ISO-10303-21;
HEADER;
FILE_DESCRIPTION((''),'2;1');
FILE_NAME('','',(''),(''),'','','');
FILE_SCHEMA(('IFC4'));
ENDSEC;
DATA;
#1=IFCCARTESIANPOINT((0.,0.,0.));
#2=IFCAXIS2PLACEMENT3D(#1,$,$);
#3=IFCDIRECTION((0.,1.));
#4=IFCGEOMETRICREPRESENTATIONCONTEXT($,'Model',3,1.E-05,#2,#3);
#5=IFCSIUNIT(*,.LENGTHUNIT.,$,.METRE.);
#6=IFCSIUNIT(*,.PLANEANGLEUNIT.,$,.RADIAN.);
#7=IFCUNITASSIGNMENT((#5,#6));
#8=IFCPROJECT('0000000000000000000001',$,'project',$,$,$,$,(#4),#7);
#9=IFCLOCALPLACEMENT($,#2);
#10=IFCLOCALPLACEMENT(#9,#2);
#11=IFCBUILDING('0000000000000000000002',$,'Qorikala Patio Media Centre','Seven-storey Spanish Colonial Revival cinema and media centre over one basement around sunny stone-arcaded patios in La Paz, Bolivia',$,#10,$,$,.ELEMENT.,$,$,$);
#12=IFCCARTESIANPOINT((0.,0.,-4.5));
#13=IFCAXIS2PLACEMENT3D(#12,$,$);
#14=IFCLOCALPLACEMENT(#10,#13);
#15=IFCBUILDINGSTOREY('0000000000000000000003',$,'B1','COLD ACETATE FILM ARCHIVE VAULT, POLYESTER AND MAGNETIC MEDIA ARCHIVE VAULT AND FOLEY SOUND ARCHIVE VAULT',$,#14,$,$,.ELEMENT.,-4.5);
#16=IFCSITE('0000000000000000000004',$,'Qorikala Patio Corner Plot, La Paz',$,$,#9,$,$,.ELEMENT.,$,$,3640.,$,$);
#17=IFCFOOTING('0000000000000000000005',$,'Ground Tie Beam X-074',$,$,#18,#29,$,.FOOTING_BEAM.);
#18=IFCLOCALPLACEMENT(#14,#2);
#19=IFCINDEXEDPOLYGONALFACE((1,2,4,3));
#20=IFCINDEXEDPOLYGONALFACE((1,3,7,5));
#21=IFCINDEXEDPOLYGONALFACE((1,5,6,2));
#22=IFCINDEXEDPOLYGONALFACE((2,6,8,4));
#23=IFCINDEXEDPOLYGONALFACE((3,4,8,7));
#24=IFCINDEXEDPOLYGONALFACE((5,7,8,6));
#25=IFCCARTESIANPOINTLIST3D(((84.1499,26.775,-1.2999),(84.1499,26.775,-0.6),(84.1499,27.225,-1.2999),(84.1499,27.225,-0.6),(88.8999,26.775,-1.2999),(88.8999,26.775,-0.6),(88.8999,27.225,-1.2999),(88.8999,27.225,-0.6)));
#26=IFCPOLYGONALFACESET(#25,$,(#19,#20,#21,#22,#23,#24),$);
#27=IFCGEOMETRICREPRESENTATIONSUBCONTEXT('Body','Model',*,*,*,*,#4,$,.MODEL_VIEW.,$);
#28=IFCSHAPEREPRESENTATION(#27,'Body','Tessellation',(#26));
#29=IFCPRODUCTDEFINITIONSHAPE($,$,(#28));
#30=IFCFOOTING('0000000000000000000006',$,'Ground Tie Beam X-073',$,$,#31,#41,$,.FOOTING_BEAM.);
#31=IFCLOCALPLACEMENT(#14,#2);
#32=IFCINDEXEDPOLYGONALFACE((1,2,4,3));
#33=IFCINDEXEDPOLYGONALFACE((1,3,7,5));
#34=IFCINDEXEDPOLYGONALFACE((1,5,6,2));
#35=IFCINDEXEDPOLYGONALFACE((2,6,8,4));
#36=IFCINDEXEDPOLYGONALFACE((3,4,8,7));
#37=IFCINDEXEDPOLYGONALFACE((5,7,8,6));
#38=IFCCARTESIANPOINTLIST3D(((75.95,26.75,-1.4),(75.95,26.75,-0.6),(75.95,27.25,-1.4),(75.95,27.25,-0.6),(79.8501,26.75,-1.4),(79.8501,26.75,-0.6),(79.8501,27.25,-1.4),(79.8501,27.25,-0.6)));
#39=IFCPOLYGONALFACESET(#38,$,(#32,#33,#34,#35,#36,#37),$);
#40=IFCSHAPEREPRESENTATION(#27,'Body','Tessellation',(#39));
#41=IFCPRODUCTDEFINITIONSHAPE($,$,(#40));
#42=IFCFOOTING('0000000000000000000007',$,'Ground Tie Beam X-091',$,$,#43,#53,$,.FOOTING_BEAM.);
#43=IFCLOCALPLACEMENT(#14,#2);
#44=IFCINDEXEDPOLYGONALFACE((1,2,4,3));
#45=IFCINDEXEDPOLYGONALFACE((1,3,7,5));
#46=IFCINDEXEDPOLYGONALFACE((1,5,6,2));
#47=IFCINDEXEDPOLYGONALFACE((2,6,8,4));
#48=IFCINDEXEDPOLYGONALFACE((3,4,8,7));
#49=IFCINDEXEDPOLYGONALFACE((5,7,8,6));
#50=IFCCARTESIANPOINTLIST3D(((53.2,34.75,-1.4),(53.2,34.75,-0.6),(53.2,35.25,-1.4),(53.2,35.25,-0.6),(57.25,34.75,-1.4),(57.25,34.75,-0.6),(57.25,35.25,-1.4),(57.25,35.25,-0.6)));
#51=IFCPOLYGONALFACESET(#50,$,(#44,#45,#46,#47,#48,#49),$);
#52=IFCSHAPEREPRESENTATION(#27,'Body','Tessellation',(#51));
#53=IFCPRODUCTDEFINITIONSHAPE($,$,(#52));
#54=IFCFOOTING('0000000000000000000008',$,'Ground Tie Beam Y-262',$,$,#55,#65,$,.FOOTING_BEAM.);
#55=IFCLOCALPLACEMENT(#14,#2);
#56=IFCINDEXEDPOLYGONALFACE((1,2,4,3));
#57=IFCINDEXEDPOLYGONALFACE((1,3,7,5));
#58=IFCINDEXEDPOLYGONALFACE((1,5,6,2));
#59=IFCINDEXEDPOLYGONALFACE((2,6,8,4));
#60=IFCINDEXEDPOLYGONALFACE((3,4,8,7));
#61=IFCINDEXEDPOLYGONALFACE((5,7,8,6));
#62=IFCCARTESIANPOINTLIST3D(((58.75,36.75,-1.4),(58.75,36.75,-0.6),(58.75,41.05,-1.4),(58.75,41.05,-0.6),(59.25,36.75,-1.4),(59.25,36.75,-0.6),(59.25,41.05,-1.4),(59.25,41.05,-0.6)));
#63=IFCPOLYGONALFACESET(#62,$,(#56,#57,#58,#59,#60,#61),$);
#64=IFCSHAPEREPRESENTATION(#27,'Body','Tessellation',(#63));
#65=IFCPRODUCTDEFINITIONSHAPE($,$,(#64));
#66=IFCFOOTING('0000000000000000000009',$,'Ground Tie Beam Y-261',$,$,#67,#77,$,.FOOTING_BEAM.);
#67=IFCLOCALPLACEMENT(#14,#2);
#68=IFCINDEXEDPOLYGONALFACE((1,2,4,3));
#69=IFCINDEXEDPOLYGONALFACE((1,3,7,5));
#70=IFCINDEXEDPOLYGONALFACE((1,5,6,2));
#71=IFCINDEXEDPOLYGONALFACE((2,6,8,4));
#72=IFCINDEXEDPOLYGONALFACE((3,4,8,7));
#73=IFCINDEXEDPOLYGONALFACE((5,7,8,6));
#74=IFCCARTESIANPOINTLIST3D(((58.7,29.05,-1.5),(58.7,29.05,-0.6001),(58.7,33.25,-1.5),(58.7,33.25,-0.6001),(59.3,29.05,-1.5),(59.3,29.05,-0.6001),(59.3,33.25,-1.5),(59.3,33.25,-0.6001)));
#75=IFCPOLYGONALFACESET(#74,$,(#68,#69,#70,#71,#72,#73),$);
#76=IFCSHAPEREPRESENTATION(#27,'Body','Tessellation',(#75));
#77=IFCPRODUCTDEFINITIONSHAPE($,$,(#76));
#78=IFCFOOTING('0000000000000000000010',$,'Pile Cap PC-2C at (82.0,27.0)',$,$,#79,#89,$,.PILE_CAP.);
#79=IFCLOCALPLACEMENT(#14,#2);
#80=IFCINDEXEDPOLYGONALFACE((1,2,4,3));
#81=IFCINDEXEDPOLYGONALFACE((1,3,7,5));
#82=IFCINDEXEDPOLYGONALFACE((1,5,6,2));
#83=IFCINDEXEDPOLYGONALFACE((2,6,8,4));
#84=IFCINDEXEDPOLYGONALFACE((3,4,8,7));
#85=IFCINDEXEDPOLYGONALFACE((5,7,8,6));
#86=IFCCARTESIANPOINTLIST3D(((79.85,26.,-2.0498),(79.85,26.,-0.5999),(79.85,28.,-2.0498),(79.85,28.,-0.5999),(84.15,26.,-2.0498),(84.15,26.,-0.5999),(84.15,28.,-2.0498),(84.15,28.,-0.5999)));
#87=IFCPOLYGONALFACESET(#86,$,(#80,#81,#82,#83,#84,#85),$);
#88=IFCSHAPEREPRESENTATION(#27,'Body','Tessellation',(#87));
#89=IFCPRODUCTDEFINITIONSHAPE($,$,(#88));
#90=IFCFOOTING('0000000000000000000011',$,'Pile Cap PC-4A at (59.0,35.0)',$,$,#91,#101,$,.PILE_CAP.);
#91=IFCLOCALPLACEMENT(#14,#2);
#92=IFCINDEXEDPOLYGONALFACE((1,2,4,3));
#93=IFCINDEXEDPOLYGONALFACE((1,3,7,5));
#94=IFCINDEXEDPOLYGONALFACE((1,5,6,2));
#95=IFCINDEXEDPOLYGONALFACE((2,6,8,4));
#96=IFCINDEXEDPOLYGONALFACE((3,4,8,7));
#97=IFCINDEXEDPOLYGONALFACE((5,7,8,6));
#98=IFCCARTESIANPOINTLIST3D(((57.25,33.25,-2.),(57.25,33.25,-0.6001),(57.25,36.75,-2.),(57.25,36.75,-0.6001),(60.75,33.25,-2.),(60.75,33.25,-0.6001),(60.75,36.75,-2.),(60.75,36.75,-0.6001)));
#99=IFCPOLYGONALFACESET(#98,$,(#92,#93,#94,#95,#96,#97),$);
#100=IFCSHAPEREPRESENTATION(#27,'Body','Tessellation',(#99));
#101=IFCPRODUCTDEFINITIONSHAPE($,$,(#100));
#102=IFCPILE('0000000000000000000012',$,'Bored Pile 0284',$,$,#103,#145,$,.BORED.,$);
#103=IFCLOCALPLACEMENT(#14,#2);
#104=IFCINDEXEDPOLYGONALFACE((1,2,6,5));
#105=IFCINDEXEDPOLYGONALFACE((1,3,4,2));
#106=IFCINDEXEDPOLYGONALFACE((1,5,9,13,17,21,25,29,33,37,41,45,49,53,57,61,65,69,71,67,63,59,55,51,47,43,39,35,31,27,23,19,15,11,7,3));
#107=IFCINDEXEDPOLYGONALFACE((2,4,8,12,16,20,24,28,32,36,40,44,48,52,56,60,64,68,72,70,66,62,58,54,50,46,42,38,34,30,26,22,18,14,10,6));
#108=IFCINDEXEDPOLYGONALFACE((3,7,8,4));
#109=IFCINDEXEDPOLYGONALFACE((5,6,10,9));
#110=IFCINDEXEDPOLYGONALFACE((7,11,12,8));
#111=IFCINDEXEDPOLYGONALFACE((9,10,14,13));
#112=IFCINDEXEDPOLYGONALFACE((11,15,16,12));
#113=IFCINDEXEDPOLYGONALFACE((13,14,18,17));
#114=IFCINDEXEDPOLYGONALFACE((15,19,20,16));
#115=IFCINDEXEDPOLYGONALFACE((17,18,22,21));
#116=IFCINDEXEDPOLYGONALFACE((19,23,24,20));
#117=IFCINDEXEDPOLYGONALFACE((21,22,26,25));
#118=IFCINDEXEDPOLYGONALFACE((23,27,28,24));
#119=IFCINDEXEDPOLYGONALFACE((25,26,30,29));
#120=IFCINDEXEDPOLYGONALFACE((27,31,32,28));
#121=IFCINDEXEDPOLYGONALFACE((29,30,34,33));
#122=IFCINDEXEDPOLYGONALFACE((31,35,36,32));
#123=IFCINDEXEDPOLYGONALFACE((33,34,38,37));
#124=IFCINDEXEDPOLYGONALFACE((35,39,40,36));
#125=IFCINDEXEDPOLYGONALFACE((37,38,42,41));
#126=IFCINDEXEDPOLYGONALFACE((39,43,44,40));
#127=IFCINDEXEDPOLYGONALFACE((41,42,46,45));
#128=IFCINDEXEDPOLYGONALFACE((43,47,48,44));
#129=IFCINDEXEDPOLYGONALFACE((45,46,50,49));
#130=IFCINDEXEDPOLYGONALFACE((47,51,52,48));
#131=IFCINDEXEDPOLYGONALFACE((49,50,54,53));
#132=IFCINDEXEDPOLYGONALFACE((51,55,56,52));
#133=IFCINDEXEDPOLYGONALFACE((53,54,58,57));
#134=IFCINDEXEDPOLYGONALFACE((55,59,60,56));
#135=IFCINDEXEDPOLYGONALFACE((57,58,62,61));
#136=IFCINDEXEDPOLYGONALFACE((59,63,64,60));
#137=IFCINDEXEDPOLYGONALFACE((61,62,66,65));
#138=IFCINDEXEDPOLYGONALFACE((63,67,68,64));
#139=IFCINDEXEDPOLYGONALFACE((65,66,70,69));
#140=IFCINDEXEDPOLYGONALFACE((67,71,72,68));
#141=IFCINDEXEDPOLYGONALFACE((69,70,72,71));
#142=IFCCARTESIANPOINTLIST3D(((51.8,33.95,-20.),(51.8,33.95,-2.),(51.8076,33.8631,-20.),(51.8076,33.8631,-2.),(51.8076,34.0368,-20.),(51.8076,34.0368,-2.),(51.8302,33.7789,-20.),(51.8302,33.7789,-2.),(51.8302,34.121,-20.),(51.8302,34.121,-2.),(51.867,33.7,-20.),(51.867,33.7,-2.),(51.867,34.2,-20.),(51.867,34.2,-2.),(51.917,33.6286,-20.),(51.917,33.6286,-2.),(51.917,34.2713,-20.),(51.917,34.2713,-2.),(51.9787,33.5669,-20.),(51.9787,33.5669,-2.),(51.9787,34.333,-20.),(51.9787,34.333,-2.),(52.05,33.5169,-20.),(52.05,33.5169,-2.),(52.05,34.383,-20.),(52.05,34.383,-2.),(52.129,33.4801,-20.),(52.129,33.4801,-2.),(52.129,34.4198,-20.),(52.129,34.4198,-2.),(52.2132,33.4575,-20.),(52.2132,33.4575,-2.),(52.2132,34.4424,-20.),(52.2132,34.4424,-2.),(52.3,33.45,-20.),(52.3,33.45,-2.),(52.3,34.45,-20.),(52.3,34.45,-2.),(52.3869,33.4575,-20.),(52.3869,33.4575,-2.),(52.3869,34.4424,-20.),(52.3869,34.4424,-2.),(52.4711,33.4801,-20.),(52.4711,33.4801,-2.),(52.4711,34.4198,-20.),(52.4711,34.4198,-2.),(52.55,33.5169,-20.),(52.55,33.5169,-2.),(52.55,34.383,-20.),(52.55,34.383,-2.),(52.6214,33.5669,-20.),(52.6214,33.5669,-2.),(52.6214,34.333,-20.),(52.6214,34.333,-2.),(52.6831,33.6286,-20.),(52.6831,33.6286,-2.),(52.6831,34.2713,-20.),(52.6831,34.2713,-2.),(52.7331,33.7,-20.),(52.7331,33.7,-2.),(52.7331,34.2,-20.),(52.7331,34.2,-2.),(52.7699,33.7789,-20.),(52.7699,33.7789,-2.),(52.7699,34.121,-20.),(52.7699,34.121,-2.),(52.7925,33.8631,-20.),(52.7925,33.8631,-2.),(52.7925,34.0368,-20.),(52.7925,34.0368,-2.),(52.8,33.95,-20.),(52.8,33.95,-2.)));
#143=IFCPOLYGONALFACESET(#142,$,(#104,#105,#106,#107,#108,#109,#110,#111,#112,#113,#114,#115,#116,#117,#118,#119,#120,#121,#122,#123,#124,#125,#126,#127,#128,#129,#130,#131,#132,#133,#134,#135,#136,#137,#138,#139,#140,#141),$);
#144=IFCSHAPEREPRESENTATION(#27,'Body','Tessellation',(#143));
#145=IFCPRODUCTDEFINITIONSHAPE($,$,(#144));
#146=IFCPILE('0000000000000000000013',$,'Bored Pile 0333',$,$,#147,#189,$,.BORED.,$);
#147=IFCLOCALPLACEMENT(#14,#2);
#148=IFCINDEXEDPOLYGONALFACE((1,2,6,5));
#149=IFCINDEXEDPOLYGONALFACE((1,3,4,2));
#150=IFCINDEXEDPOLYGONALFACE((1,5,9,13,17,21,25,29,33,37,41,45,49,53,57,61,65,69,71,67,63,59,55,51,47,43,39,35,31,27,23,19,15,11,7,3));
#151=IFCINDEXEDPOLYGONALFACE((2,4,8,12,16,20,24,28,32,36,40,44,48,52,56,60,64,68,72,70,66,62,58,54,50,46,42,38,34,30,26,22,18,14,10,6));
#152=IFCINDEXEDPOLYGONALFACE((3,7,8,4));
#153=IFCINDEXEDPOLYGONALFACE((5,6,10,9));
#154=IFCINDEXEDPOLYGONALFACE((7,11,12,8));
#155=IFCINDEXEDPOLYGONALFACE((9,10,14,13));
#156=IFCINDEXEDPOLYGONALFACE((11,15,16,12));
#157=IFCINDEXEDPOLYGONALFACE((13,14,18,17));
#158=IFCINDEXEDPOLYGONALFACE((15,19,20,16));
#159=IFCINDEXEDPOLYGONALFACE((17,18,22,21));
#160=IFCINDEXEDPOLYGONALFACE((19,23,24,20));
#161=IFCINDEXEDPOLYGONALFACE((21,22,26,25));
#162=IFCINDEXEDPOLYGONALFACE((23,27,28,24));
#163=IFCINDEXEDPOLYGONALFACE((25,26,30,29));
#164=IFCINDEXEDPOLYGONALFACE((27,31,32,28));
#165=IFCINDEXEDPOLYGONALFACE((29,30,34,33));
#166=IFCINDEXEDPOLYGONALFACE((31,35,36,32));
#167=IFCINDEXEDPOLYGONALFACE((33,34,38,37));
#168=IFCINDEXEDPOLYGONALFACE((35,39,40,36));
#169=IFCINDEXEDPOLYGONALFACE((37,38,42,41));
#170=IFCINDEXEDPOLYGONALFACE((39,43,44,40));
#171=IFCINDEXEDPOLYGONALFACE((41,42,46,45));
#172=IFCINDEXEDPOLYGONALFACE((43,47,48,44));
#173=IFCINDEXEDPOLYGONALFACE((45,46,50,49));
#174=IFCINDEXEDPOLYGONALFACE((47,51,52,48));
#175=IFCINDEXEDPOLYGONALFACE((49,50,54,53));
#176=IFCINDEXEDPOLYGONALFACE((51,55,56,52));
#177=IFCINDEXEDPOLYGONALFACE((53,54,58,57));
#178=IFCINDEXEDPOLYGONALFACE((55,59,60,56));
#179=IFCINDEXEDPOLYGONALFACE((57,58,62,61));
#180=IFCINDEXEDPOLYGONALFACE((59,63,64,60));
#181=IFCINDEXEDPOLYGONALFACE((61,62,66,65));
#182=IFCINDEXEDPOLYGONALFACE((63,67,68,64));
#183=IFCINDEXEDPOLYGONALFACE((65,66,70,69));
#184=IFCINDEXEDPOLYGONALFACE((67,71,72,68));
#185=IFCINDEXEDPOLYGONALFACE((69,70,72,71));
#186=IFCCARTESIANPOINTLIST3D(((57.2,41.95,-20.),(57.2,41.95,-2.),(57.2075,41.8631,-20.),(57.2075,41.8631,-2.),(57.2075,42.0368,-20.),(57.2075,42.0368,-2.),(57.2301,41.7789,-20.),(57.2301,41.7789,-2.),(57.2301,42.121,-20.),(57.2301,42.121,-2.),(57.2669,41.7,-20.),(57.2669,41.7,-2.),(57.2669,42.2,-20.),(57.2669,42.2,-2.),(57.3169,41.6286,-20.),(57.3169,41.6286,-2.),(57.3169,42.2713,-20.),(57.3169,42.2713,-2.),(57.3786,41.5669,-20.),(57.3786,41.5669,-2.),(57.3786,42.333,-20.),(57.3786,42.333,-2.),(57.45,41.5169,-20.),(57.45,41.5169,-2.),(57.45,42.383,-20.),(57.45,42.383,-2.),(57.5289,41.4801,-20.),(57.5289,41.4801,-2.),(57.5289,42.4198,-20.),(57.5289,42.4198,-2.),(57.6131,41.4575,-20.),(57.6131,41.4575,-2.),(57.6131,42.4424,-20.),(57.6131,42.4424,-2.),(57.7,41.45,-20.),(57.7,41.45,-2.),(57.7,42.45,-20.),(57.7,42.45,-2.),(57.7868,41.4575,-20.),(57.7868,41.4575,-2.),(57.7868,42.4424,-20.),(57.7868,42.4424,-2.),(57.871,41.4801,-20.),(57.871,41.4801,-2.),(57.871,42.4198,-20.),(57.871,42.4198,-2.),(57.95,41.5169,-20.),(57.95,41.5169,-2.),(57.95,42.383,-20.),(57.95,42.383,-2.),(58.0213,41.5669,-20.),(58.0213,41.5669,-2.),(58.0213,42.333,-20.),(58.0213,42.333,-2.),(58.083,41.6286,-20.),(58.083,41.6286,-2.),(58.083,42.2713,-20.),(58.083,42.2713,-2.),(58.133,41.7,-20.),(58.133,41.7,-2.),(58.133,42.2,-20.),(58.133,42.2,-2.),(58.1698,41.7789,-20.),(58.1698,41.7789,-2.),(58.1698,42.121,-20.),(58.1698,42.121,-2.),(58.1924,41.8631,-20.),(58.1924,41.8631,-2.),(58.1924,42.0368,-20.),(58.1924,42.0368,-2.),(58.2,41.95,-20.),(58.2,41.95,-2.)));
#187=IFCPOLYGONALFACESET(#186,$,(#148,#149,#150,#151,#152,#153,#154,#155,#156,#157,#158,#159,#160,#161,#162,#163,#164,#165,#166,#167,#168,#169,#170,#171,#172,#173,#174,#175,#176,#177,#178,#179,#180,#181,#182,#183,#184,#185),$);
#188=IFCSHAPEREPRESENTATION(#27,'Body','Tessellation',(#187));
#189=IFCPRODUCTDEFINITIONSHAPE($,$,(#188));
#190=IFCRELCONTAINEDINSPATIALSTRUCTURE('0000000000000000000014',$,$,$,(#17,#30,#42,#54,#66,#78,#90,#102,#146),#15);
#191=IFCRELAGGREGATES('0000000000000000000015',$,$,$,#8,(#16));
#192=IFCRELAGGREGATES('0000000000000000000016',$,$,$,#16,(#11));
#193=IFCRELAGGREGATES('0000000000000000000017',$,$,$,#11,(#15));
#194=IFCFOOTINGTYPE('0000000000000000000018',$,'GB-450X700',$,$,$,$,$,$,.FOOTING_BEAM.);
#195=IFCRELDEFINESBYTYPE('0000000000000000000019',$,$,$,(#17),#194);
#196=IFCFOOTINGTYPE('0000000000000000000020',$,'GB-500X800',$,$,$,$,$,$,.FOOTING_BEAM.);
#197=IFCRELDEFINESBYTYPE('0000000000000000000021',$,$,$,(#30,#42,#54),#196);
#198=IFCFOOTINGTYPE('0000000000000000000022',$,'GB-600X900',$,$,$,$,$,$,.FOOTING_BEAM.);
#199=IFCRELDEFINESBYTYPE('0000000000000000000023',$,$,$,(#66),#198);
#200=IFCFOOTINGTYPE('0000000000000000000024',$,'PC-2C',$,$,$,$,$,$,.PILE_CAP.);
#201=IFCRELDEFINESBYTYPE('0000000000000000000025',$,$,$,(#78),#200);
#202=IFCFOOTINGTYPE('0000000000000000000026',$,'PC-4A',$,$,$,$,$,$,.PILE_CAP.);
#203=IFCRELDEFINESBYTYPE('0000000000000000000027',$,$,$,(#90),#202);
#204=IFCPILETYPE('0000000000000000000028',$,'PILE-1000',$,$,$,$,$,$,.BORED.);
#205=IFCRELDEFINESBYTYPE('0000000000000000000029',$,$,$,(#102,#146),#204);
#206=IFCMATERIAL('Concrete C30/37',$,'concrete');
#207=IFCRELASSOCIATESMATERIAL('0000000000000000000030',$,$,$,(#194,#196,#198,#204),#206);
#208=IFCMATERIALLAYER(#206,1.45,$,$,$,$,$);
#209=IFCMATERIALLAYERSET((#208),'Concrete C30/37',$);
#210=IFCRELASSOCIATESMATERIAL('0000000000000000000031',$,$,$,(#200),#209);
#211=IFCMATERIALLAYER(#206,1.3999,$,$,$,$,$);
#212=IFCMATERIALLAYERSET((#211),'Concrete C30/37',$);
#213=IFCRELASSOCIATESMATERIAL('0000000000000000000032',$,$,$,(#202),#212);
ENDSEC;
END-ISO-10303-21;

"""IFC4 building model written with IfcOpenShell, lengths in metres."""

from ifc_helpers import new_model, si_unit, direction, frame, origin, origin_2d, place, context, subcontext, project, spatial, rectangle, circle, extrude, material, layer, layer_set, material_profile, profile_set, type_object, element, save


model = new_model("IFC4")

# Units and contexts
model_context = context("Model", 3, precision=1e-05, world=origin(), true_north=direction((0.0, 1.0)))
body_context = subcontext(model_context, "Body", "Model", "MODEL_VIEW")
ifc_project = project(units=[si_unit("LENGTHUNIT", "METRE"), si_unit("PLANEANGLEUNIT", "RADIAN")], contexts=[model_context])

# Site, building, storey
site_placement = place(None, origin())
site = spatial("IfcSite", under=ifc_project, at=site_placement, Name="Qorikala Patio Corner Plot, La Paz", CompositionType="ELEMENT", RefElevation=3640.0)
building_placement = place(site_placement, origin())
building = spatial("IfcBuilding", under=site, at=building_placement, Name="Qorikala Patio Media Centre", Description="Seven-storey Spanish Colonial Revival cinema and media centre over one basement around sunny stone-arcaded patios in La Paz, Bolivia", CompositionType="ELEMENT")
storey_placement = place(building_placement, frame((0.0, 0.0, -4.5)))
storey = spatial("IfcBuildingStorey", under=building, at=storey_placement, Name="B1", Description="COLD ACETATE FILM ARCHIVE VAULT, POLYESTER AND MAGNETIC MEDIA ARCHIVE VAULT AND FOLEY SOUND ARCHIVE VAULT", CompositionType="ELEMENT", Elevation=-4.5)

# Footings
ifc_material_1 = material(Name="Concrete C30/37", Category="concrete")
ifc_material_profile_1 = material_profile(ifc_material_1, rectangle(XDim=0.45, YDim=0.7, at=origin_2d()), Name="RC 450x700")
ifc_profile_set_1 = profile_set([ifc_material_profile_1], Name="Concrete C30/37")
footing_type_1 = type_object("IfcFootingType", Name="GB-450X700", PredefinedType="FOOTING_BEAM", material=ifc_profile_set_1)
footing_1_placement = place(storey_placement, frame((84.1499, 27.0, -0.95), z_axis=(1.0, 0.0, 0.0), x_axis=(0.0, 1.0, 0.0)))
element("IfcFooting", 1, at=footing_1_placement, inside=storey, type_object=footing_type_1, Name="Ground Tie Beam X-074", PredefinedType="FOOTING_BEAM", context=body_context, shape_type="SweptSolid", body=[
    extrude(rectangle(XDim=0.45, YDim=0.7, at=origin_2d()), origin(), (0.0, 0.0, 1.0), 4.75),
])
ifc_material_profile_2 = material_profile(ifc_material_1, rectangle(XDim=0.5, YDim=0.8, at=origin_2d()), Name="RC 500x800")
ifc_profile_set_2 = profile_set([ifc_material_profile_2], Name="Concrete C30/37")
footing_type_2 = type_object("IfcFootingType", Name="GB-500X800", PredefinedType="FOOTING_BEAM", material=ifc_profile_set_2)
footing_2_placement = place(storey_placement, frame((75.95, 27.0, -1.0), z_axis=(1.0, 0.0, 0.0), x_axis=(0.0, 1.0, 0.0)))
element("IfcFooting", 2, at=footing_2_placement, inside=storey, type_object=footing_type_2, Name="Ground Tie Beam X-073", PredefinedType="FOOTING_BEAM", context=body_context, shape_type="SweptSolid", body=[
    extrude(rectangle(XDim=0.5, YDim=0.8, at=origin_2d()), origin(), (0.0, 0.0, 1.0), 3.9001),
])
footing_3_placement = place(storey_placement, frame((53.2, 35.0, -1.0), z_axis=(1.0, 0.0, 0.0), x_axis=(0.0, 1.0, 0.0)))
element("IfcFooting", 3, at=footing_3_placement, inside=storey, type_object=footing_type_2, Name="Ground Tie Beam X-091", PredefinedType="FOOTING_BEAM", context=body_context, shape_type="SweptSolid", body=[
    extrude(rectangle(XDim=0.5, YDim=0.8, at=origin_2d()), origin(), (0.0, 0.0, 1.0), 4.05),
])
footing_4_placement = place(storey_placement, frame((59.0, 36.75, -1.0), z_axis=(0.0, 1.0, 0.0), x_axis=(-1.0, 0.0, 0.0)))
element("IfcFooting", 4, at=footing_4_placement, inside=storey, type_object=footing_type_2, Name="Ground Tie Beam Y-262", PredefinedType="FOOTING_BEAM", context=body_context, shape_type="SweptSolid", body=[
    extrude(rectangle(XDim=0.5, YDim=0.8, at=origin_2d()), origin(), (0.0, 0.0, 1.0), 4.3),
])
ifc_material_profile_3 = material_profile(ifc_material_1, rectangle(XDim=0.6001, YDim=0.8999, at=origin_2d()), Name="RC 600x900")
ifc_profile_set_3 = profile_set([ifc_material_profile_3], Name="Concrete C30/37")
footing_type_3 = type_object("IfcFootingType", Name="GB-600X900", PredefinedType="FOOTING_BEAM", material=ifc_profile_set_3)
footing_5_placement = place(storey_placement, frame((59.0, 29.05, -1.05), z_axis=(0.0, 1.0, 0.0), x_axis=(-1.0, 0.0, 0.0)))
element("IfcFooting", 5, at=footing_5_placement, inside=storey, type_object=footing_type_3, Name="Ground Tie Beam Y-261", PredefinedType="FOOTING_BEAM", context=body_context, shape_type="SweptSolid", body=[
    extrude(rectangle(XDim=0.6001, YDim=0.8999, at=origin_2d()), origin(), (0.0, 0.0, 1.0), 4.2),
])
ifc_layer_1 = layer(ifc_material_1, 1.45)
ifc_layer_set_1 = layer_set([ifc_layer_1], Name="Concrete C30/37")
footing_type_4 = type_object("IfcFootingType", Name="PC-2C", PredefinedType="PILE_CAP", material=ifc_layer_set_1)
footing_6_placement = place(storey_placement, frame((82.0, 27.0, -2.0498), z_axis=(0.0, 0.0, 1.0), x_axis=(1.0, 0.0, 0.0)))
element("IfcFooting", 6, at=footing_6_placement, inside=storey, type_object=footing_type_4, Name="Pile Cap PC-2C at (82.0,27.0)", PredefinedType="PILE_CAP", context=body_context, shape_type="SweptSolid", body=[
    extrude(rectangle(XDim=4.3, YDim=2.0, at=origin_2d()), origin(), (0.0, 0.0, 1.0), 1.45),
])
ifc_layer_2 = layer(ifc_material_1, 1.3999)
ifc_layer_set_2 = layer_set([ifc_layer_2], Name="Concrete C30/37")
footing_type_5 = type_object("IfcFootingType", Name="PC-4A", PredefinedType="PILE_CAP", material=ifc_layer_set_2)
footing_7_placement = place(storey_placement, frame((59.0, 35.0, -2.0), z_axis=(0.0, 0.0, 1.0), x_axis=(1.0, 0.0, 0.0)))
element("IfcFooting", 7, at=footing_7_placement, inside=storey, type_object=footing_type_5, Name="Pile Cap PC-4A at (59.0,35.0)", PredefinedType="PILE_CAP", context=body_context, shape_type="SweptSolid", body=[
    extrude(rectangle(XDim=3.5, YDim=3.5, at=origin_2d()), origin(), (0.0, 0.0, 1.0), 1.3999),
])

# Piles
ifc_material_profile_4 = material_profile(ifc_material_1, circle(Radius=0.5, at=origin_2d()), Name="BORED PILE 1000")
ifc_profile_set_4 = profile_set([ifc_material_profile_4], Name="Concrete C30/37")
pile_type_1 = type_object("IfcPileType", Name="PILE-1000", PredefinedType="BORED", material=ifc_profile_set_4)
for number, where, z_axis, x_axis, name in (
    (8, (52.3, 33.95, -2.0), (0.0, 0.0, -1.0), (1.0, 0.0, 0.0), "Bored Pile 0284"),
    (9, (57.7, 41.95, -2.0), (0.0, 0.0, -1.0), (1.0, 0.0, 0.0), "Bored Pile 0333"),
):
    element("IfcPile", number, at=place(storey_placement, frame(where, z_axis=z_axis, x_axis=x_axis)), inside=storey, type_object=pile_type_1, Name=name, PredefinedType="BORED", context=body_context, shape_type="SweptSolid", body=[
        extrude(circle(Radius=0.5, at=origin_2d()), origin(), (0.0, 0.0, 1.0), 18.0),
    ])

save(model, "model.ifc")
